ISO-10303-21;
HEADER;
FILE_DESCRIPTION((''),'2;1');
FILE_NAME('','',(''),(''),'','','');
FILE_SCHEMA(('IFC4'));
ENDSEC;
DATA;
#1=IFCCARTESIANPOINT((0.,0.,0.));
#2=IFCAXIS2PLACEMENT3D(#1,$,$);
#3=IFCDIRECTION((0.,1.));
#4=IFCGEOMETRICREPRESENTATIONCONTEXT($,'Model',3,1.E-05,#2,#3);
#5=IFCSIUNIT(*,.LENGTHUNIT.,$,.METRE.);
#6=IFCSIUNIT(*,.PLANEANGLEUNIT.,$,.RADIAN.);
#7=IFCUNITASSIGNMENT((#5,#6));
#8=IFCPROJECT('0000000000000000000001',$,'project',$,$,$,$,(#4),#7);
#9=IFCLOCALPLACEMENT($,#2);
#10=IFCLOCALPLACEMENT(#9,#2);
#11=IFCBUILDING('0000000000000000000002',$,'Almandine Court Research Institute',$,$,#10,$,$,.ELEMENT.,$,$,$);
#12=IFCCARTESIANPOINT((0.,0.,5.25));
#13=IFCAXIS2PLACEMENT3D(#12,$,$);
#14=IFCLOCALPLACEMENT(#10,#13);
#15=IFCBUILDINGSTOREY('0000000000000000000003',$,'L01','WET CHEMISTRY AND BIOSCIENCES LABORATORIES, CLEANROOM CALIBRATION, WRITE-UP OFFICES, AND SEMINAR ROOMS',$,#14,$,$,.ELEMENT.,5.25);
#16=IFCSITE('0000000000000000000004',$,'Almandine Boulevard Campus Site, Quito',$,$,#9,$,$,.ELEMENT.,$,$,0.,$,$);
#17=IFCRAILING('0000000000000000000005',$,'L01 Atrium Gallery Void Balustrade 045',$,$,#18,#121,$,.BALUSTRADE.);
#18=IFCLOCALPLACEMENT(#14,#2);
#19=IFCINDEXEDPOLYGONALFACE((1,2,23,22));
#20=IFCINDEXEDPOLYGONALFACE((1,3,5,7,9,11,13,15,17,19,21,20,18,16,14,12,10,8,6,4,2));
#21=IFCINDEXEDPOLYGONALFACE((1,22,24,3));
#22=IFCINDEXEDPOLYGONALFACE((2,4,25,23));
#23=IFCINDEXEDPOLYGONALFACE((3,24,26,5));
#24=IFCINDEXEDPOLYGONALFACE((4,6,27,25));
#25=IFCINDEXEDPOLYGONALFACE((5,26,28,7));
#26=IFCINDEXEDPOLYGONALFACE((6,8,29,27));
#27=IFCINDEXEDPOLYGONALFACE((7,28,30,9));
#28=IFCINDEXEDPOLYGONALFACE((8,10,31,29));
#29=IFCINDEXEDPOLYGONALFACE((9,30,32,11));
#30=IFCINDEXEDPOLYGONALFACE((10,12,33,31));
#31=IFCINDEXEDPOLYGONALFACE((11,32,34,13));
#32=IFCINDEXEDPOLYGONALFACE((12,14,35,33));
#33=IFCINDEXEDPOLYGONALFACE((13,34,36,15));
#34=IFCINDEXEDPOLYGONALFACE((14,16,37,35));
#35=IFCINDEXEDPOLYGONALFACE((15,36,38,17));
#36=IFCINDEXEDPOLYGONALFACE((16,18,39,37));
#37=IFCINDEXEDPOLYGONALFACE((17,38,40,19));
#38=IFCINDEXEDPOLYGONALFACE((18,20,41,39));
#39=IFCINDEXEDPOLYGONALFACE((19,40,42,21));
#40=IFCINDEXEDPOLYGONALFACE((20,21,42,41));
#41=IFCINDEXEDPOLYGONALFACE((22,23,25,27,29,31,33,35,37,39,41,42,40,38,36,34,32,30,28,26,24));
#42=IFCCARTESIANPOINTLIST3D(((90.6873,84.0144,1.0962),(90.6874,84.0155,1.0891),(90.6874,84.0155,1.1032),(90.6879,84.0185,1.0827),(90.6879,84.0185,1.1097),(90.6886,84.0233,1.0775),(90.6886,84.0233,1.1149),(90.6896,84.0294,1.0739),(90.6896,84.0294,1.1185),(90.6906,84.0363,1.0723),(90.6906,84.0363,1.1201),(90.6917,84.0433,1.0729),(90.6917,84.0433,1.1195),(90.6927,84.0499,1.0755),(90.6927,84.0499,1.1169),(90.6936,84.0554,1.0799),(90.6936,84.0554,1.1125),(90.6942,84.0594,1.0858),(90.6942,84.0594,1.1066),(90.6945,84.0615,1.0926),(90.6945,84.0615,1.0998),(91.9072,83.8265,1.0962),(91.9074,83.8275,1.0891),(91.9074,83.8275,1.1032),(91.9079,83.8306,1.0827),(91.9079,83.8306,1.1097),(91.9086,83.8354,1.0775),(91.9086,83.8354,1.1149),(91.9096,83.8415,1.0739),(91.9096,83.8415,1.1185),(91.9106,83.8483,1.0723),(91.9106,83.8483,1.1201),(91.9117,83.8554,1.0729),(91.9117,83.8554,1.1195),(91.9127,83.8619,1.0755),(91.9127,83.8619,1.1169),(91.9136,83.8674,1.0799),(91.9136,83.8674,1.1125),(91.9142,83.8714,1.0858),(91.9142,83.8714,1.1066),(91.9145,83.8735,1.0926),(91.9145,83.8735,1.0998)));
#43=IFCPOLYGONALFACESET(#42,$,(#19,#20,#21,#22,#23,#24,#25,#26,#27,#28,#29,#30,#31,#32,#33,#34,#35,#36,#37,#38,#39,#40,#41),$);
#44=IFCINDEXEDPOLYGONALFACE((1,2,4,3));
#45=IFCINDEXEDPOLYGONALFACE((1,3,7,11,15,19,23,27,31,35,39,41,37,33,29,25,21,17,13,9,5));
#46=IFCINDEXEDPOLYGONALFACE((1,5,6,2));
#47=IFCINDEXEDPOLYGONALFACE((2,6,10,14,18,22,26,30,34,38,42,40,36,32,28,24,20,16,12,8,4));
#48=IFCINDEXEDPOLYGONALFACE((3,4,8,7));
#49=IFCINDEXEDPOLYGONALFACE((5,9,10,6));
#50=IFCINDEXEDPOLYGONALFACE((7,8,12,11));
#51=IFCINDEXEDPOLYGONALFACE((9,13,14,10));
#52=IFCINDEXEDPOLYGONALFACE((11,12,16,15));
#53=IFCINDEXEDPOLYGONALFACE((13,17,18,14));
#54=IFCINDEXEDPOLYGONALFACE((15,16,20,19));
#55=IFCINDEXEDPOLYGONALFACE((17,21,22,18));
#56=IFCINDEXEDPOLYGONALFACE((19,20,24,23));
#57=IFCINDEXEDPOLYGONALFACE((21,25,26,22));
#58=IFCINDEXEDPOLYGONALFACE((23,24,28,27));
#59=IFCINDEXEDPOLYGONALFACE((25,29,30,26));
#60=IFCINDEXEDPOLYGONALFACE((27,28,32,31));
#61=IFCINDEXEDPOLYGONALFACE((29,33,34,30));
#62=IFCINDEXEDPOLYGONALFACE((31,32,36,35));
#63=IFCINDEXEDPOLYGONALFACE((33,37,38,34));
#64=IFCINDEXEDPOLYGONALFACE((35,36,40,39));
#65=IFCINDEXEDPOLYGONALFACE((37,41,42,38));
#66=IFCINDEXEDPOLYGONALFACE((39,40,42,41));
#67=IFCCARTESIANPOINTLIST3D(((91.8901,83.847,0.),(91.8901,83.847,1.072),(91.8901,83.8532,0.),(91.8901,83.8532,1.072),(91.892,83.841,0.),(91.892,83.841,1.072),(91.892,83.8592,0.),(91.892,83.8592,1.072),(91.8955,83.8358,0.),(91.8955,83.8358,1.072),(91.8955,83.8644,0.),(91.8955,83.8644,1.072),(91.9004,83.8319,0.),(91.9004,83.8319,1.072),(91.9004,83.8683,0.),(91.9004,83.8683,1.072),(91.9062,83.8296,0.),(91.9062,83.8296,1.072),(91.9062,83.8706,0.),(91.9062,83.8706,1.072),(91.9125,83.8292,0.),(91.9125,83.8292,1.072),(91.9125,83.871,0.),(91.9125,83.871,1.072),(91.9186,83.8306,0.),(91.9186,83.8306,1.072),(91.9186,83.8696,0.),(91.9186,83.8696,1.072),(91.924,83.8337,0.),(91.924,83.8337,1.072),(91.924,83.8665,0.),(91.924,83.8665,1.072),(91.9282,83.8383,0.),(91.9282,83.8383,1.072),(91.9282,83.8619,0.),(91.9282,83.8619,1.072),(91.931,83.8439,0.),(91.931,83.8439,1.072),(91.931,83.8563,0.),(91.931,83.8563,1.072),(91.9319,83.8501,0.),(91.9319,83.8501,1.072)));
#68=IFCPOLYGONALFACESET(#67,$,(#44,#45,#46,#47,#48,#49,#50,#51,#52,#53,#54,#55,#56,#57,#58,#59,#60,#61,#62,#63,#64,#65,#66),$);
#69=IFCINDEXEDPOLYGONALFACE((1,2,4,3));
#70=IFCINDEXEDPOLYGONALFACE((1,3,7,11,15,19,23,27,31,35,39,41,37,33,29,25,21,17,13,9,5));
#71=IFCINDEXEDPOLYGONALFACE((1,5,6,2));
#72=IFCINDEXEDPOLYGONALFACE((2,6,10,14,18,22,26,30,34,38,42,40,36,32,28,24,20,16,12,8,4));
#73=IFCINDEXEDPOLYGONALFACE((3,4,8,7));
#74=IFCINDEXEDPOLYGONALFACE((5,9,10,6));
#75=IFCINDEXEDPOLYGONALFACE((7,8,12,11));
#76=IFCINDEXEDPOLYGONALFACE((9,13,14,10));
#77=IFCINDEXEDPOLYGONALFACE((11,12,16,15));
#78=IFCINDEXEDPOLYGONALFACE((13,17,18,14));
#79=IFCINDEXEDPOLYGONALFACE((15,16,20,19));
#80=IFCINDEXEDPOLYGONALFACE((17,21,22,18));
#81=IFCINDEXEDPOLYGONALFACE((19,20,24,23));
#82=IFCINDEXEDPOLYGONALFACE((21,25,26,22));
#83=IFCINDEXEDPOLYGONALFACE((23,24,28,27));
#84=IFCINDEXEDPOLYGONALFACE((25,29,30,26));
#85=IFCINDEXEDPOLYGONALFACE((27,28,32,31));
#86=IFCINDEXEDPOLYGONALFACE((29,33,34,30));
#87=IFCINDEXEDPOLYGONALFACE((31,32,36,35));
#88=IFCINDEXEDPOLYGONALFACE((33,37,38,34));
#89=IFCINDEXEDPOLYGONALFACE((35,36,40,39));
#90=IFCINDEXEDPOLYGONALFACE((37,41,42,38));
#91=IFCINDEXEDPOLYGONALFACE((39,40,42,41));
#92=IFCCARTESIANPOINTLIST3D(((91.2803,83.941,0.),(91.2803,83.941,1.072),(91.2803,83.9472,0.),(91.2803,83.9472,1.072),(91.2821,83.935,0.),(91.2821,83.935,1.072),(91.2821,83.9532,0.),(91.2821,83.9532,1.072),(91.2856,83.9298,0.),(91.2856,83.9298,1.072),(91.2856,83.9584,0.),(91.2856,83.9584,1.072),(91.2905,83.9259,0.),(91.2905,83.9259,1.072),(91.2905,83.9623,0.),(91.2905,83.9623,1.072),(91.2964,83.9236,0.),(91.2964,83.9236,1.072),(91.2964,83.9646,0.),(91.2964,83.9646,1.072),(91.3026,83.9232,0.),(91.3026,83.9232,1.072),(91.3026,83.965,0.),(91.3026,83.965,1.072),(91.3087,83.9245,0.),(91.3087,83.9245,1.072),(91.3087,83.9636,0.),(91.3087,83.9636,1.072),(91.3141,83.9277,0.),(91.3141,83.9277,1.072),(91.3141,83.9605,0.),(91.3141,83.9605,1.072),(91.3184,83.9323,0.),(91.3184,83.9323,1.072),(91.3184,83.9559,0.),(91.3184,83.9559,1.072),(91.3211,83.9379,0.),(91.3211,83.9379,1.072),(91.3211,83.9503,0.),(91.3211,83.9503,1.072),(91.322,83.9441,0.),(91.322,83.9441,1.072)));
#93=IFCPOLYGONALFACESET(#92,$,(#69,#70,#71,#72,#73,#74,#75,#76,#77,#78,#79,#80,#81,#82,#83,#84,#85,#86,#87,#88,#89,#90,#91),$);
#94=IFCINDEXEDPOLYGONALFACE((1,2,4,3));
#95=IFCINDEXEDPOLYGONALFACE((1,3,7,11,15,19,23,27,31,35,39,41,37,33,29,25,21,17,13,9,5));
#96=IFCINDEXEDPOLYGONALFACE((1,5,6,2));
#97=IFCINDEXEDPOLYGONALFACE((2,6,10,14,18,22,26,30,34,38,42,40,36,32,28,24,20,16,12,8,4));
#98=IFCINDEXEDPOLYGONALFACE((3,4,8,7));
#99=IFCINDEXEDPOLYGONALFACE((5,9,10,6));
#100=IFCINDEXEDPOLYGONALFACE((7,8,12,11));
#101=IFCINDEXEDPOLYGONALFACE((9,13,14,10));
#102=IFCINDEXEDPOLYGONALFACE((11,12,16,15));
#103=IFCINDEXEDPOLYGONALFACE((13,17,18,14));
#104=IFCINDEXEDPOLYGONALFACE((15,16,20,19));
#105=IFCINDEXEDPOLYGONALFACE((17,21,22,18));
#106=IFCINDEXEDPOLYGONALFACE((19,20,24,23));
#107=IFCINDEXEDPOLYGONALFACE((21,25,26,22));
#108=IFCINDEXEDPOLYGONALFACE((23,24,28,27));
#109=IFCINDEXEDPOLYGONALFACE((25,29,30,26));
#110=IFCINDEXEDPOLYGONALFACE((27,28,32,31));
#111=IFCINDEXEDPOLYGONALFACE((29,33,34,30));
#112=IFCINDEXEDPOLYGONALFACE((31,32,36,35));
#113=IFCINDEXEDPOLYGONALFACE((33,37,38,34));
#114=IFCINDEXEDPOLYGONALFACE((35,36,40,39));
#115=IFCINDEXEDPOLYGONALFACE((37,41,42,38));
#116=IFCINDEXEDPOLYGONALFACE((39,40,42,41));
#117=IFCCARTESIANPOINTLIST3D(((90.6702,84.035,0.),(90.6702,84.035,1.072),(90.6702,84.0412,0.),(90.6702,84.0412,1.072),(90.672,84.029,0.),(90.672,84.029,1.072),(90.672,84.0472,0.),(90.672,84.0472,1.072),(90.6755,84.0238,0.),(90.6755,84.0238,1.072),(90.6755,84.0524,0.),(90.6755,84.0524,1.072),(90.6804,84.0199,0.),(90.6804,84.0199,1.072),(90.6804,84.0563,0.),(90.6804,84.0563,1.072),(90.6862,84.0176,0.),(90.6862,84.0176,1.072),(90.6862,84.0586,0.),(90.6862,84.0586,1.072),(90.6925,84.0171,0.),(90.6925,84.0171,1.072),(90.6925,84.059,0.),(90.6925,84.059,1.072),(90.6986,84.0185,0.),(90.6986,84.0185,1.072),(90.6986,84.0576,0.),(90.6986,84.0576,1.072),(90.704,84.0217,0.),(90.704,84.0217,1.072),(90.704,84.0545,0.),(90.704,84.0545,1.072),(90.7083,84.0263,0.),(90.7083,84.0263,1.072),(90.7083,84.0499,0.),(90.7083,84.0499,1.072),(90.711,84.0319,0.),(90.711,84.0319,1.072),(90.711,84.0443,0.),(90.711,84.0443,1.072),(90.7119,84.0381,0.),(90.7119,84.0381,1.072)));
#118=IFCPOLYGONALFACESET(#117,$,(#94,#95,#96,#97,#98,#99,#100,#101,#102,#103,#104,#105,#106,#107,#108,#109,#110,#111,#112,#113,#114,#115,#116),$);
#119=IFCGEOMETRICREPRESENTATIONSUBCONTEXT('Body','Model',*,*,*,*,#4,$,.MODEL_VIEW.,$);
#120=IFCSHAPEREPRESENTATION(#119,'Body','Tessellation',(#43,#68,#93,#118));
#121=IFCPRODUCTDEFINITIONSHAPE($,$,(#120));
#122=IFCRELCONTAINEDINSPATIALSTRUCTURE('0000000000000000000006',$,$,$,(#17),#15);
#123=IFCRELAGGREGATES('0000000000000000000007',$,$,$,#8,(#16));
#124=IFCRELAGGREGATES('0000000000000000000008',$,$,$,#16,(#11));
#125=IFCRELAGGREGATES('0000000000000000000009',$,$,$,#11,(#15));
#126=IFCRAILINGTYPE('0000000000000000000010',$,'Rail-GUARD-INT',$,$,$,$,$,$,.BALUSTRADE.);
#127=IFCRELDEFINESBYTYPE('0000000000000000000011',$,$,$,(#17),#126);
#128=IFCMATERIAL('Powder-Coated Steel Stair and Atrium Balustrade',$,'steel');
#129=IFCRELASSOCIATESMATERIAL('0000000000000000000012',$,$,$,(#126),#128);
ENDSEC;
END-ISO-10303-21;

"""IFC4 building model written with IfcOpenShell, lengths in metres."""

from ifc_helpers import new_model, si_unit, direction, frame, origin, origin_2d, place, context, subcontext, project, spatial, circle, extrude, material, type_object, element, save


model = new_model("IFC4")

# Units and contexts
model_context = context("Model", 3, precision=1e-05, world=origin(), true_north=direction((0.0, 1.0)))
body_context = subcontext(model_context, "Body", "Model", "MODEL_VIEW")
ifc_project = project(units=[si_unit("LENGTHUNIT", "METRE"), si_unit("PLANEANGLEUNIT", "RADIAN")], contexts=[model_context])

# Site, building, storey
site_placement = place(None, origin())
site = spatial("IfcSite", under=ifc_project, at=site_placement, Name="Almandine Boulevard Campus Site, Quito", CompositionType="ELEMENT", RefElevation=0.0)
building_placement = place(site_placement, origin())
building = spatial("IfcBuilding", under=site, at=building_placement, Name="Almandine Court Research Institute", CompositionType="ELEMENT")
storey_placement = place(building_placement, frame((0.0, 0.0, 5.25)))
storey = spatial("IfcBuildingStorey", under=building, at=storey_placement, Name="L01", Description="WET CHEMISTRY AND BIOSCIENCES LABORATORIES, CLEANROOM CALIBRATION, WRITE-UP OFFICES, AND SEMINAR ROOMS", CompositionType="ELEMENT", Elevation=5.25)

# Railing
ifc_material_1 = material(Name="Powder-Coated Steel Stair and Atrium Balustrade", Category="steel")
railing_type = type_object("IfcRailingType", Name="Rail-GUARD-INT", PredefinedType="BALUSTRADE", material=ifc_material_1)
railing_1_placement = place(storey_placement, frame((91.9109, 83.8501, 0.0)))
element("IfcRailing", 1, at=railing_1_placement, inside=storey, type_object=railing_type, Name="L01 Atrium Gallery Void Balustrade 045", PredefinedType="BALUSTRADE", context=body_context, shape_type="SweptSolid", body=[
    extrude(circle(Radius=0.0239, at=origin_2d()), frame((0.0, 0.0, 1.0962), z_axis=(-0.988335, 0.152295, 0.0), x_axis=(-0.152295, -0.988335, 0.0)), (0.0, 0.0, 1.0), 1.2344),
    extrude(circle(Radius=0.021, at=origin_2d()), origin(), (0.0, 0.0, 1.0), 1.072),
    extrude(circle(Radius=0.021, at=origin_2d()), frame((-0.6099, 0.094, 0.0)), (0.0, 0.0, 1.0), 1.072),
    extrude(circle(Radius=0.021, at=origin_2d()), frame((-1.22, 0.188, 0.0)), (0.0, 0.0, 1.0), 1.072),
])

save(model, "model.ifc")
